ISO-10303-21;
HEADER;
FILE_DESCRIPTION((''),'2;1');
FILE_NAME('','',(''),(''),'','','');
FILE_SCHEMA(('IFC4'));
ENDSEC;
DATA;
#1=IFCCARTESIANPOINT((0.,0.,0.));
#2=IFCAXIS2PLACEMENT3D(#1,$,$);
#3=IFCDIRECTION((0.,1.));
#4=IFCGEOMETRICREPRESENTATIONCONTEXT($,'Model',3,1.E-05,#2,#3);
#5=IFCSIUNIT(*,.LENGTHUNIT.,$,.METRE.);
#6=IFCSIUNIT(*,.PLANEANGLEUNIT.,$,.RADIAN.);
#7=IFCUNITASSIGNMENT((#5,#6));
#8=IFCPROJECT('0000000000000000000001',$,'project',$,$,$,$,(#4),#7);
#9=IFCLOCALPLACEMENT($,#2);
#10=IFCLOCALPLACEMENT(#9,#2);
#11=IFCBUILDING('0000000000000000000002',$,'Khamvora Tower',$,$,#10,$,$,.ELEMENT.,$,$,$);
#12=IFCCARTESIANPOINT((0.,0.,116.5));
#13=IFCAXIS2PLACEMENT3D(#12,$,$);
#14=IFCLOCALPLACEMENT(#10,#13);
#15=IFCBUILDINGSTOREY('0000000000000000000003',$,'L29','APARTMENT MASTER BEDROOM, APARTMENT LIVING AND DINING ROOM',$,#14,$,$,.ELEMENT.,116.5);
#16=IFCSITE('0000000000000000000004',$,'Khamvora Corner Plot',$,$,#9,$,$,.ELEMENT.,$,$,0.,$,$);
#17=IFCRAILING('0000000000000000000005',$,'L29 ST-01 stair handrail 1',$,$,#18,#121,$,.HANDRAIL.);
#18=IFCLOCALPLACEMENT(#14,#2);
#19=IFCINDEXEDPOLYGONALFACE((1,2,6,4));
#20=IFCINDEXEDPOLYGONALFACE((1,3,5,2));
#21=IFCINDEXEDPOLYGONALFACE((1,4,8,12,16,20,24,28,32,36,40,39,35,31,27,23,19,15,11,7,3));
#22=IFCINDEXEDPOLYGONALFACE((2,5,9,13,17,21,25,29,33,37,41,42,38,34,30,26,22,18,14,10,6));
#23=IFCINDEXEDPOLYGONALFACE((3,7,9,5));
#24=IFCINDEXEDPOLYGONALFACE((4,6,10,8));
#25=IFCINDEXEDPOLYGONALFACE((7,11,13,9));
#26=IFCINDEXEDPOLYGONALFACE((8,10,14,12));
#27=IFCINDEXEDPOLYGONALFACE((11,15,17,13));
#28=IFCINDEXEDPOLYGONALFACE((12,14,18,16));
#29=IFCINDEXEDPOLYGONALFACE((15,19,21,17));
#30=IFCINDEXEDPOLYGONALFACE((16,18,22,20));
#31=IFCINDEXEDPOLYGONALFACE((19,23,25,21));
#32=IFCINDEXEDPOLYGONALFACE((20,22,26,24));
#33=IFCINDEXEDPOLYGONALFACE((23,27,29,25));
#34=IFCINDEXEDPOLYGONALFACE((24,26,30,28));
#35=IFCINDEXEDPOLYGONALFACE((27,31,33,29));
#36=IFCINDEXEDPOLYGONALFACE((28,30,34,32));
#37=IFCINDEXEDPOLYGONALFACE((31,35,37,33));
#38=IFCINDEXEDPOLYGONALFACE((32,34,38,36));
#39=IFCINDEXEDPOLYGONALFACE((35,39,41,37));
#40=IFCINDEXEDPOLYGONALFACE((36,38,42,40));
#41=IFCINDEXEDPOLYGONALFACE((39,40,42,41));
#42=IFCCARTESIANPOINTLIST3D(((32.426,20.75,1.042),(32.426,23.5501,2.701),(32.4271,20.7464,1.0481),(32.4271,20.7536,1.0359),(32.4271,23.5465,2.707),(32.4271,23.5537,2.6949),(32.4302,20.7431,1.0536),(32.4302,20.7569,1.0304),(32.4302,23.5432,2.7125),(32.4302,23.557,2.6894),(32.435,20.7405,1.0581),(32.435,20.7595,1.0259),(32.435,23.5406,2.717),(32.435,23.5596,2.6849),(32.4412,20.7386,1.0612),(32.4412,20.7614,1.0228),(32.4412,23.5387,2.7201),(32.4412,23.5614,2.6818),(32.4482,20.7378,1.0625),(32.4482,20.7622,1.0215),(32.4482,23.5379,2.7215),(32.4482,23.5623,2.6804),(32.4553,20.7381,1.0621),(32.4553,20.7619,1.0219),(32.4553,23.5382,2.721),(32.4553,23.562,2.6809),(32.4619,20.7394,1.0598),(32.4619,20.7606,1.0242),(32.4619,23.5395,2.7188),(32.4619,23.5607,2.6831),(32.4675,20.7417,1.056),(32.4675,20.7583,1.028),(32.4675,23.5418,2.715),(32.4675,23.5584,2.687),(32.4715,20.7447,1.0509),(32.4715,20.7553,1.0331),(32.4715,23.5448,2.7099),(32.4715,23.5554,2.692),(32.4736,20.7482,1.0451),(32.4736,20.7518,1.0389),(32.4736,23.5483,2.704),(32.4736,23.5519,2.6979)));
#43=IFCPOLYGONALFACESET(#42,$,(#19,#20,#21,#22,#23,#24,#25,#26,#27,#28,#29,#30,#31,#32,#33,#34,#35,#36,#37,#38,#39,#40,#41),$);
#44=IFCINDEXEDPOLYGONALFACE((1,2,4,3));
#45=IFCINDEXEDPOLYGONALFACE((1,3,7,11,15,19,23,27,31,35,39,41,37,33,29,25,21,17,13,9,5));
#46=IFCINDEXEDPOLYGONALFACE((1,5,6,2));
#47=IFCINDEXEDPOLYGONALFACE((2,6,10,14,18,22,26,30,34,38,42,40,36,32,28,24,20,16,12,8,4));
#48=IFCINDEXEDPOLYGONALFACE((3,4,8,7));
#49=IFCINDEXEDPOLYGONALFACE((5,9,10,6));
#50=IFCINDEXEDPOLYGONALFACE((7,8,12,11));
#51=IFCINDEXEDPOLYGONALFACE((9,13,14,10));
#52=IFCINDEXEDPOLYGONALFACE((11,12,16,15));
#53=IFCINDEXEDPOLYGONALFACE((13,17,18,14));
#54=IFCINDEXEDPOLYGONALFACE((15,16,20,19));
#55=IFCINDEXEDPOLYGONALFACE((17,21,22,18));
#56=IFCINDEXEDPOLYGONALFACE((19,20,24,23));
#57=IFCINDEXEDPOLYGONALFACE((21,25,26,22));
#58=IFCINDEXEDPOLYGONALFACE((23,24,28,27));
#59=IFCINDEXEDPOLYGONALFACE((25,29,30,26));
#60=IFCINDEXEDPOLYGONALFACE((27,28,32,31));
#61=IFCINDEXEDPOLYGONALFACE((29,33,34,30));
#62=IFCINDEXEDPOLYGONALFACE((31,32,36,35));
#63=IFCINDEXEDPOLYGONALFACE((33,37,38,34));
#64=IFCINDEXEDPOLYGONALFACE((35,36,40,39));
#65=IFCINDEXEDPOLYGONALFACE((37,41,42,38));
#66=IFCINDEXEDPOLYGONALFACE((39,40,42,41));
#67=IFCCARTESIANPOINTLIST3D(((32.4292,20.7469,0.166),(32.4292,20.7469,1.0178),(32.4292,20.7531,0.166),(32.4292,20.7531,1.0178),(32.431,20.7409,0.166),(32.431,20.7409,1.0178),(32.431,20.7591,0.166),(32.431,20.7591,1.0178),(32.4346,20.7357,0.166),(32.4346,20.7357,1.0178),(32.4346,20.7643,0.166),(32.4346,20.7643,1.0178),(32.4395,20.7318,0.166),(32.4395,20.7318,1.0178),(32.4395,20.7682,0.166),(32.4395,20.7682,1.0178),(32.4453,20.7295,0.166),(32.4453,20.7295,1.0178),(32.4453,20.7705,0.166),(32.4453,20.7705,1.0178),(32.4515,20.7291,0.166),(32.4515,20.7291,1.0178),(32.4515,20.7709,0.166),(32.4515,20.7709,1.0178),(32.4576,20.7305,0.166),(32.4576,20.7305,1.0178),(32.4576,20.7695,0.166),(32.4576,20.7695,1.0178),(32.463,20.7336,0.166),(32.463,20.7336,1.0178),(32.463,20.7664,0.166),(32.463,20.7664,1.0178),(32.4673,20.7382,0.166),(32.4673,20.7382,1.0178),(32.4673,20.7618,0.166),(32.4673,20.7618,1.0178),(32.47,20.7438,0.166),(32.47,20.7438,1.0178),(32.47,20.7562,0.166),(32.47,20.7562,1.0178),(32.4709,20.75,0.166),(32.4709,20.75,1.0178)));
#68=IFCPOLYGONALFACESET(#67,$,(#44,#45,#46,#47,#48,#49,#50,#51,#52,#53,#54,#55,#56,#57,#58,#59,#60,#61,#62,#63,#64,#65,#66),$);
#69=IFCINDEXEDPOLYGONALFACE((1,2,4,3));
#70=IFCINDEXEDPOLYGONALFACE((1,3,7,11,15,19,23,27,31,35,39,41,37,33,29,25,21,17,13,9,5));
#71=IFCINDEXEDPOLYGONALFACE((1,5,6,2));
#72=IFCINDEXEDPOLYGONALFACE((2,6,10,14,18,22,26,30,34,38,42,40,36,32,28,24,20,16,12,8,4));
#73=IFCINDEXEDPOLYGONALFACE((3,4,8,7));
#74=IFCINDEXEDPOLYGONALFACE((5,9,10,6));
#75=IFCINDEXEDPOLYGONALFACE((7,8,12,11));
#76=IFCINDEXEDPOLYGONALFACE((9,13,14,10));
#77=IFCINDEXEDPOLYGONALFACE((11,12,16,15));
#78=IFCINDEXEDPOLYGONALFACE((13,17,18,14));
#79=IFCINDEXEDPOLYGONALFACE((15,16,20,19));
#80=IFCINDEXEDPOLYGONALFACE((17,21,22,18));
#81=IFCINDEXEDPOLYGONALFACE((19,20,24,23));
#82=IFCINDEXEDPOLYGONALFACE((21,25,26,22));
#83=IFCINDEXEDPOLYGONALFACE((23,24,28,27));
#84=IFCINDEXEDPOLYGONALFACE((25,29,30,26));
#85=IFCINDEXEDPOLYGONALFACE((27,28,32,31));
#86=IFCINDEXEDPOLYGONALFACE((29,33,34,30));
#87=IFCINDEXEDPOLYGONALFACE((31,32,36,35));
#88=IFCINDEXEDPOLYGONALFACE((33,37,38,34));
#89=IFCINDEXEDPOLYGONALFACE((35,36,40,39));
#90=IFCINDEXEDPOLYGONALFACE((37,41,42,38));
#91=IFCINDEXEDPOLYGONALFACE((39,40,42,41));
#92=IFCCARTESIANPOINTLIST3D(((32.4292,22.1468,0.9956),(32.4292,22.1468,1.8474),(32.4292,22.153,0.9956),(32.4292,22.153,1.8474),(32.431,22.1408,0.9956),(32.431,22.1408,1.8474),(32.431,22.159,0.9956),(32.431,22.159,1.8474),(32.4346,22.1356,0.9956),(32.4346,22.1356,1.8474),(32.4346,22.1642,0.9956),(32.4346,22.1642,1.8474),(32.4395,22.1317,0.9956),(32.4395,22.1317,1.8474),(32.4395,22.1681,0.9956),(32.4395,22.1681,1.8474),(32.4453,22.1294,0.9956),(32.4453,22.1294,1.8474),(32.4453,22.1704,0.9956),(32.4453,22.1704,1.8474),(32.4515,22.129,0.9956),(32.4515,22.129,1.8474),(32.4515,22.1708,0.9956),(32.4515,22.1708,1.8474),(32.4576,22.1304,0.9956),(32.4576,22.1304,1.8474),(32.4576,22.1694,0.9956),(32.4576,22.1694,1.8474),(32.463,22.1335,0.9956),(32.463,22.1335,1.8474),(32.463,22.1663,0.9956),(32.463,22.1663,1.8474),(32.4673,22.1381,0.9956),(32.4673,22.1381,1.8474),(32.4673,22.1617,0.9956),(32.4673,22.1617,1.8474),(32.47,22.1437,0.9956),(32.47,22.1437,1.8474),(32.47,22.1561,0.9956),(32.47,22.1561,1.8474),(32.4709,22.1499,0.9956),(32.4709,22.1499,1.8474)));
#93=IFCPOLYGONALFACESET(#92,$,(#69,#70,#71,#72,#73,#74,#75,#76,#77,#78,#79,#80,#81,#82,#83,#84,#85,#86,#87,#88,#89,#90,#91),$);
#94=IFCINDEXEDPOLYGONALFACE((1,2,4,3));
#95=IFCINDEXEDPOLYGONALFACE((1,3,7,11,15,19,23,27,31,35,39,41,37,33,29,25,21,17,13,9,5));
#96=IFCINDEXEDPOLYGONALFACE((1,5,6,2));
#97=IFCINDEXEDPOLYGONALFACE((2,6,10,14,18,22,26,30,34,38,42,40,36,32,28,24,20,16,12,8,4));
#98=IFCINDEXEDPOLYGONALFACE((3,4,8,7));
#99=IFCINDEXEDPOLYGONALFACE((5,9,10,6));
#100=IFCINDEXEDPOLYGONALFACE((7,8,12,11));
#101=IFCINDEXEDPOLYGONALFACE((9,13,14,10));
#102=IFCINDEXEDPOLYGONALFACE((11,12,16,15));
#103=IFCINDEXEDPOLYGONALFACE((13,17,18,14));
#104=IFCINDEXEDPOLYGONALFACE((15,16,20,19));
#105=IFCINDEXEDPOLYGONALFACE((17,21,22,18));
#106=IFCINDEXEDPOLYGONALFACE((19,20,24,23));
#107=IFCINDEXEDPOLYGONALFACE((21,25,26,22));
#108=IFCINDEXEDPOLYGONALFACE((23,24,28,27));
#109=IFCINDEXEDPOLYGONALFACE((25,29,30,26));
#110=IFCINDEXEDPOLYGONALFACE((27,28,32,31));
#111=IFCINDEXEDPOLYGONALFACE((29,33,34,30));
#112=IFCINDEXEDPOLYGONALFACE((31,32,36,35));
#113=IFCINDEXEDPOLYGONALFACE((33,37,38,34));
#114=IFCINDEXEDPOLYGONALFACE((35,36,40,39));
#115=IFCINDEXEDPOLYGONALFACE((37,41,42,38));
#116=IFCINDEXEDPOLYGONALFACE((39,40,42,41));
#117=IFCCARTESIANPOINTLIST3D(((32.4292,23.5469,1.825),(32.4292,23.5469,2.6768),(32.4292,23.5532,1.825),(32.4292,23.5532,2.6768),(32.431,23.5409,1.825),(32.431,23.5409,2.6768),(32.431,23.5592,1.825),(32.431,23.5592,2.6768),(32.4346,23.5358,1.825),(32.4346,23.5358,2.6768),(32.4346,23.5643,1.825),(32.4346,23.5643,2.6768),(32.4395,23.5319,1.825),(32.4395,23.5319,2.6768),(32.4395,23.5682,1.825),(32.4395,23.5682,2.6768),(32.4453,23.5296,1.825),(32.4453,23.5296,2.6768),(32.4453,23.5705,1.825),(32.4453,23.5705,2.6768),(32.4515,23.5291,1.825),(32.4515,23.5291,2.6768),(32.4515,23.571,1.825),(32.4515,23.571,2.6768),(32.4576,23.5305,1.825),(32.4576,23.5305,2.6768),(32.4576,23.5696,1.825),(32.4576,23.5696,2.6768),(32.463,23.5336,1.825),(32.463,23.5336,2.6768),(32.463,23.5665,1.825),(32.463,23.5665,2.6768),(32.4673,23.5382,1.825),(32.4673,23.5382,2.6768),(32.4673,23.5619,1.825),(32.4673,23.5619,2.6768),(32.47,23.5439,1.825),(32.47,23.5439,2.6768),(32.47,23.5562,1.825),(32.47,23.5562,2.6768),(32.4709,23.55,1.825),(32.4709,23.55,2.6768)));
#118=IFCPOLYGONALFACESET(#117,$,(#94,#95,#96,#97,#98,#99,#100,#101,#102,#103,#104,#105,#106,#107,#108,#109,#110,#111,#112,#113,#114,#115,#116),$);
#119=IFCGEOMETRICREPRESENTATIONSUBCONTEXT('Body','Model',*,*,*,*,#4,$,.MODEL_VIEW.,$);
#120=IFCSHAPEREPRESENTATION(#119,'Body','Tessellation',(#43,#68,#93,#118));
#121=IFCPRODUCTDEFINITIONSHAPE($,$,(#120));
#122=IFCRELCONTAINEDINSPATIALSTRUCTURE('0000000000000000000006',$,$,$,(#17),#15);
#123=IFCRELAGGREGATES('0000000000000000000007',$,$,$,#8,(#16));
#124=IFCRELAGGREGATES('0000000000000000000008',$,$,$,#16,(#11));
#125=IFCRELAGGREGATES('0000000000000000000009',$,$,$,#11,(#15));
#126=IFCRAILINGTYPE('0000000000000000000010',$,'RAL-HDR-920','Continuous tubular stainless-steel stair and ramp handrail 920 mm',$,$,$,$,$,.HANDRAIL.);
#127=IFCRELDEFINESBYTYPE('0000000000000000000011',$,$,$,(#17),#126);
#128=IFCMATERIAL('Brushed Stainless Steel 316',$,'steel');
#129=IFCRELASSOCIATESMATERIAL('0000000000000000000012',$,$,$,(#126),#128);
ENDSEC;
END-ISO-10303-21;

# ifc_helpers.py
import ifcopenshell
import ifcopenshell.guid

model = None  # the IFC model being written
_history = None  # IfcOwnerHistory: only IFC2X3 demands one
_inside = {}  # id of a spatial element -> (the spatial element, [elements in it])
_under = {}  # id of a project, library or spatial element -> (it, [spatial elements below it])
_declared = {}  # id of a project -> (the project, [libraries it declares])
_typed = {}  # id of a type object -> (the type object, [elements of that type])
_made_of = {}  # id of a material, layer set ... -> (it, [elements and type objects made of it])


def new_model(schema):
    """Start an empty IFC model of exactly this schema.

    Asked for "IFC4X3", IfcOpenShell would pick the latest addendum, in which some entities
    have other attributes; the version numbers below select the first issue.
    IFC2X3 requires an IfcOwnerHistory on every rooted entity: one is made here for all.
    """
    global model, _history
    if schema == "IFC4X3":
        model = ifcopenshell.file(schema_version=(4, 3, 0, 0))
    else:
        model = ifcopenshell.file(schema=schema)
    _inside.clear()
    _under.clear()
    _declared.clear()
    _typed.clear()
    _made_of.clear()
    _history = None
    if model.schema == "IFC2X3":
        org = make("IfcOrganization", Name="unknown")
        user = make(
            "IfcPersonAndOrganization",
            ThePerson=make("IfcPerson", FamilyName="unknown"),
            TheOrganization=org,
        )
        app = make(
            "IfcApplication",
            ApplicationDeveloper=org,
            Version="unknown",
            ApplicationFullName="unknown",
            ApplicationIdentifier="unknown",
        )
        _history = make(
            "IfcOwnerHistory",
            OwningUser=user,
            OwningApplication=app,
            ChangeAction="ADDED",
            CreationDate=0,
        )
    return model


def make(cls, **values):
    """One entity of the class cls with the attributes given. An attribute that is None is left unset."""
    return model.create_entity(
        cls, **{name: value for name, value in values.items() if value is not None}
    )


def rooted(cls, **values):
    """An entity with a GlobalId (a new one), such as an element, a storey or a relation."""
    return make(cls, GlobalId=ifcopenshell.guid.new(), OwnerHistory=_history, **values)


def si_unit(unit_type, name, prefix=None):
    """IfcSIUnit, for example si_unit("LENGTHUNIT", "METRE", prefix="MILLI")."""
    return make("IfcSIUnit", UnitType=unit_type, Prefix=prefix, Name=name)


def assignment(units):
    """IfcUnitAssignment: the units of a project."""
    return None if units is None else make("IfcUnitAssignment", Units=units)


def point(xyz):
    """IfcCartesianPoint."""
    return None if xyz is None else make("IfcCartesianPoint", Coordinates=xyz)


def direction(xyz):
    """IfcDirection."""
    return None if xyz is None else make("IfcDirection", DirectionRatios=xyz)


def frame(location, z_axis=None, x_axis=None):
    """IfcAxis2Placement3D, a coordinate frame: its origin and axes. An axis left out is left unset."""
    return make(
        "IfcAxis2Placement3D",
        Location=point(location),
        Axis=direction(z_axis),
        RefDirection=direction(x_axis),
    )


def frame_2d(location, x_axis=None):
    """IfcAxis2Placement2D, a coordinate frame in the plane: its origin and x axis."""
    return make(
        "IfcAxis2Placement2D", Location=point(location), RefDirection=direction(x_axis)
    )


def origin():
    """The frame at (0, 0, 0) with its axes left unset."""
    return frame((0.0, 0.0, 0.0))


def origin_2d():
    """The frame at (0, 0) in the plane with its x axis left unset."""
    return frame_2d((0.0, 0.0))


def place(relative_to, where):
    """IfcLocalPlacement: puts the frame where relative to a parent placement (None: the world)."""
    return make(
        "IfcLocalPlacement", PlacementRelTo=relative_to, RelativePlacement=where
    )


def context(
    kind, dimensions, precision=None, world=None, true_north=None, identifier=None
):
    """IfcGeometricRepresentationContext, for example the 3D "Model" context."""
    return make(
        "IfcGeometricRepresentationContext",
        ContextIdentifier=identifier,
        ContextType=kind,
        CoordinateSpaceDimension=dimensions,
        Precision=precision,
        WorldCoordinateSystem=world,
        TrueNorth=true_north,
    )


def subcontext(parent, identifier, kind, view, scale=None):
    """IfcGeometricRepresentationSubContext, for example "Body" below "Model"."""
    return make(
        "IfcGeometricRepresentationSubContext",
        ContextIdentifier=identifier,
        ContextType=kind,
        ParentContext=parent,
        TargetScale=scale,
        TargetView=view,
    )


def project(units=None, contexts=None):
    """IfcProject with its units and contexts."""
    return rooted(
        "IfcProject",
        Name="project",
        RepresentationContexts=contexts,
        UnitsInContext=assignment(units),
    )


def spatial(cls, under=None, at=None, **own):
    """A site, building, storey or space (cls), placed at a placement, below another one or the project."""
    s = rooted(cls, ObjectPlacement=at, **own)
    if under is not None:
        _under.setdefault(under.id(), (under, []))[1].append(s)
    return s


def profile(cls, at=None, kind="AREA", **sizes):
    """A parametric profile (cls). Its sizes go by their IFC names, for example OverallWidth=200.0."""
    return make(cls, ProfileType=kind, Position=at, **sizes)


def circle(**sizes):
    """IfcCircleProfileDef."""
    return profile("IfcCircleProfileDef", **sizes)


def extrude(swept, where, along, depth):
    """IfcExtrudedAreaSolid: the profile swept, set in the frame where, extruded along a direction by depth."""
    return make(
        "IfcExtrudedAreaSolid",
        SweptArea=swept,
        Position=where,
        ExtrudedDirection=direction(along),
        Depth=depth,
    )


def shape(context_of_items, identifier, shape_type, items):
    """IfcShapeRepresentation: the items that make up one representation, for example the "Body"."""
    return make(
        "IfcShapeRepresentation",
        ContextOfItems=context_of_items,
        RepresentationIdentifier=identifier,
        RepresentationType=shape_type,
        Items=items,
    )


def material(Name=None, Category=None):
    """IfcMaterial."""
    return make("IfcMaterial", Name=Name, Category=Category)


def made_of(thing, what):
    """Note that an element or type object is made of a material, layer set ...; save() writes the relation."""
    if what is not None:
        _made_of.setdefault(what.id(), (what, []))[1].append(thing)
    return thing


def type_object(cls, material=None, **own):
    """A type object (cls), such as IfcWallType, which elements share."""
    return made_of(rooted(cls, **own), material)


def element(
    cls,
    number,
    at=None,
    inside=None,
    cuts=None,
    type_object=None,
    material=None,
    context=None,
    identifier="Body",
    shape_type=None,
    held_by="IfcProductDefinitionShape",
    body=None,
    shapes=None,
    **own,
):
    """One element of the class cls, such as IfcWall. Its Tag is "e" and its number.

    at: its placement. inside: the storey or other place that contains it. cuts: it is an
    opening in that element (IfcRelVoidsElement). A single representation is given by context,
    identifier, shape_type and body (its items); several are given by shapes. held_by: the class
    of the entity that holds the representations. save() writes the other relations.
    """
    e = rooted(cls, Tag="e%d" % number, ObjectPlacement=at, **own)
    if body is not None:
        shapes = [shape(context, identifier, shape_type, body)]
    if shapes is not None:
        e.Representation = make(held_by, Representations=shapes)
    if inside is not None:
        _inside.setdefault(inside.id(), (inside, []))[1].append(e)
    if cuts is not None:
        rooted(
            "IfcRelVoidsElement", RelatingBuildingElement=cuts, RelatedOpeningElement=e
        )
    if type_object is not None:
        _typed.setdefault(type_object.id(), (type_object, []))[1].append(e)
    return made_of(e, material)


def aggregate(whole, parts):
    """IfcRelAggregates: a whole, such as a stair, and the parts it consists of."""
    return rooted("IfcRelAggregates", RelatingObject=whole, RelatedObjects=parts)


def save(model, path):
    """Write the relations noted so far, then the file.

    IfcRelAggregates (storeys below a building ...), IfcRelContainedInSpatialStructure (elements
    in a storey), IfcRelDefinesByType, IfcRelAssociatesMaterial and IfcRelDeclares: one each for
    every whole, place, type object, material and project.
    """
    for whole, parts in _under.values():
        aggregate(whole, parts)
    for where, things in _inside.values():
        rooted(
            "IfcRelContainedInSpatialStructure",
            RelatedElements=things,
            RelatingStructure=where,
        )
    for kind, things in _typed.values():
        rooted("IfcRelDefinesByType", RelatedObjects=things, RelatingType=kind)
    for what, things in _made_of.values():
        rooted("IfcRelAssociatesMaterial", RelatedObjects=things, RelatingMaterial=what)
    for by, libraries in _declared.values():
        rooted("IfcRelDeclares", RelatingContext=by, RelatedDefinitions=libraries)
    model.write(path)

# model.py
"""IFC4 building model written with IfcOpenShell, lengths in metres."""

from ifc_helpers import new_model, si_unit, direction, frame, origin, origin_2d, place, context, subcontext, project, spatial, circle, extrude, material, type_object, element, save


model = new_model("IFC4")

# Units and contexts
model_context = context("Model", 3, precision=1e-05, world=origin(), true_north=direction((0.0, 1.0)))
body_context = subcontext(model_context, "Body", "Model", "MODEL_VIEW")
ifc_project = project(units=[si_unit("LENGTHUNIT", "METRE"), si_unit("PLANEANGLEUNIT", "RADIAN")], contexts=[model_context])

# Site, building, storey
site_placement = place(None, origin())
site = spatial("IfcSite", under=ifc_project, at=site_placement, Name="Khamvora Corner Plot", CompositionType="ELEMENT", RefElevation=0.0)
building_placement = place(site_placement, origin())
building = spatial("IfcBuilding", under=site, at=building_placement, Name="Khamvora Tower", CompositionType="ELEMENT")
storey_placement = place(building_placement, frame((0.0, 0.0, 116.5)))
storey = spatial("IfcBuildingStorey", under=building, at=storey_placement, Name="L29", Description="APARTMENT MASTER BEDROOM, APARTMENT LIVING AND DINING ROOM", CompositionType="ELEMENT", Elevation=116.5)

# Railing
ifc_material_1 = material(Name="Brushed Stainless Steel 316", Category="steel")
railing_type_1 = type_object("IfcRailingType", Name="RAL-HDR-920", Description="Continuous tubular stainless-steel stair and ramp handrail 920 mm", PredefinedType="HANDRAIL", material=ifc_material_1)
railing_1_placement = place(storey_placement, frame((32.45, 20.75, 0.166)))
element("IfcRailing", 1, at=railing_1_placement, inside=storey, type_object=railing_type_1, Name="L29 ST-01 stair handrail 1", PredefinedType="HANDRAIL", context=body_context, shape_type="SweptSolid", body=[
    extrude(circle(Radius=0.0239, at=origin_2d()), frame((0.0, 0.0, 0.876), z_axis=(0.0, 0.860339, 0.509722), x_axis=(-1.0, 0.0, 0.0)), (0.0, 0.0, 1.0), 3.2546),
    extrude(circle(Radius=0.021, at=origin_2d()), origin(), (0.0, 0.0, 1.0), 0.8518),
    extrude(circle(Radius=0.021, at=origin_2d()), frame((0.0, 1.3999, 0.8296)), (0.0, 0.0, 1.0), 0.8518),
    extrude(circle(Radius=0.021, at=origin_2d()), frame((0.0, 2.8, 1.6589)), (0.0, 0.0, 1.0), 0.8518),
])

save(model, "model.ifc")
